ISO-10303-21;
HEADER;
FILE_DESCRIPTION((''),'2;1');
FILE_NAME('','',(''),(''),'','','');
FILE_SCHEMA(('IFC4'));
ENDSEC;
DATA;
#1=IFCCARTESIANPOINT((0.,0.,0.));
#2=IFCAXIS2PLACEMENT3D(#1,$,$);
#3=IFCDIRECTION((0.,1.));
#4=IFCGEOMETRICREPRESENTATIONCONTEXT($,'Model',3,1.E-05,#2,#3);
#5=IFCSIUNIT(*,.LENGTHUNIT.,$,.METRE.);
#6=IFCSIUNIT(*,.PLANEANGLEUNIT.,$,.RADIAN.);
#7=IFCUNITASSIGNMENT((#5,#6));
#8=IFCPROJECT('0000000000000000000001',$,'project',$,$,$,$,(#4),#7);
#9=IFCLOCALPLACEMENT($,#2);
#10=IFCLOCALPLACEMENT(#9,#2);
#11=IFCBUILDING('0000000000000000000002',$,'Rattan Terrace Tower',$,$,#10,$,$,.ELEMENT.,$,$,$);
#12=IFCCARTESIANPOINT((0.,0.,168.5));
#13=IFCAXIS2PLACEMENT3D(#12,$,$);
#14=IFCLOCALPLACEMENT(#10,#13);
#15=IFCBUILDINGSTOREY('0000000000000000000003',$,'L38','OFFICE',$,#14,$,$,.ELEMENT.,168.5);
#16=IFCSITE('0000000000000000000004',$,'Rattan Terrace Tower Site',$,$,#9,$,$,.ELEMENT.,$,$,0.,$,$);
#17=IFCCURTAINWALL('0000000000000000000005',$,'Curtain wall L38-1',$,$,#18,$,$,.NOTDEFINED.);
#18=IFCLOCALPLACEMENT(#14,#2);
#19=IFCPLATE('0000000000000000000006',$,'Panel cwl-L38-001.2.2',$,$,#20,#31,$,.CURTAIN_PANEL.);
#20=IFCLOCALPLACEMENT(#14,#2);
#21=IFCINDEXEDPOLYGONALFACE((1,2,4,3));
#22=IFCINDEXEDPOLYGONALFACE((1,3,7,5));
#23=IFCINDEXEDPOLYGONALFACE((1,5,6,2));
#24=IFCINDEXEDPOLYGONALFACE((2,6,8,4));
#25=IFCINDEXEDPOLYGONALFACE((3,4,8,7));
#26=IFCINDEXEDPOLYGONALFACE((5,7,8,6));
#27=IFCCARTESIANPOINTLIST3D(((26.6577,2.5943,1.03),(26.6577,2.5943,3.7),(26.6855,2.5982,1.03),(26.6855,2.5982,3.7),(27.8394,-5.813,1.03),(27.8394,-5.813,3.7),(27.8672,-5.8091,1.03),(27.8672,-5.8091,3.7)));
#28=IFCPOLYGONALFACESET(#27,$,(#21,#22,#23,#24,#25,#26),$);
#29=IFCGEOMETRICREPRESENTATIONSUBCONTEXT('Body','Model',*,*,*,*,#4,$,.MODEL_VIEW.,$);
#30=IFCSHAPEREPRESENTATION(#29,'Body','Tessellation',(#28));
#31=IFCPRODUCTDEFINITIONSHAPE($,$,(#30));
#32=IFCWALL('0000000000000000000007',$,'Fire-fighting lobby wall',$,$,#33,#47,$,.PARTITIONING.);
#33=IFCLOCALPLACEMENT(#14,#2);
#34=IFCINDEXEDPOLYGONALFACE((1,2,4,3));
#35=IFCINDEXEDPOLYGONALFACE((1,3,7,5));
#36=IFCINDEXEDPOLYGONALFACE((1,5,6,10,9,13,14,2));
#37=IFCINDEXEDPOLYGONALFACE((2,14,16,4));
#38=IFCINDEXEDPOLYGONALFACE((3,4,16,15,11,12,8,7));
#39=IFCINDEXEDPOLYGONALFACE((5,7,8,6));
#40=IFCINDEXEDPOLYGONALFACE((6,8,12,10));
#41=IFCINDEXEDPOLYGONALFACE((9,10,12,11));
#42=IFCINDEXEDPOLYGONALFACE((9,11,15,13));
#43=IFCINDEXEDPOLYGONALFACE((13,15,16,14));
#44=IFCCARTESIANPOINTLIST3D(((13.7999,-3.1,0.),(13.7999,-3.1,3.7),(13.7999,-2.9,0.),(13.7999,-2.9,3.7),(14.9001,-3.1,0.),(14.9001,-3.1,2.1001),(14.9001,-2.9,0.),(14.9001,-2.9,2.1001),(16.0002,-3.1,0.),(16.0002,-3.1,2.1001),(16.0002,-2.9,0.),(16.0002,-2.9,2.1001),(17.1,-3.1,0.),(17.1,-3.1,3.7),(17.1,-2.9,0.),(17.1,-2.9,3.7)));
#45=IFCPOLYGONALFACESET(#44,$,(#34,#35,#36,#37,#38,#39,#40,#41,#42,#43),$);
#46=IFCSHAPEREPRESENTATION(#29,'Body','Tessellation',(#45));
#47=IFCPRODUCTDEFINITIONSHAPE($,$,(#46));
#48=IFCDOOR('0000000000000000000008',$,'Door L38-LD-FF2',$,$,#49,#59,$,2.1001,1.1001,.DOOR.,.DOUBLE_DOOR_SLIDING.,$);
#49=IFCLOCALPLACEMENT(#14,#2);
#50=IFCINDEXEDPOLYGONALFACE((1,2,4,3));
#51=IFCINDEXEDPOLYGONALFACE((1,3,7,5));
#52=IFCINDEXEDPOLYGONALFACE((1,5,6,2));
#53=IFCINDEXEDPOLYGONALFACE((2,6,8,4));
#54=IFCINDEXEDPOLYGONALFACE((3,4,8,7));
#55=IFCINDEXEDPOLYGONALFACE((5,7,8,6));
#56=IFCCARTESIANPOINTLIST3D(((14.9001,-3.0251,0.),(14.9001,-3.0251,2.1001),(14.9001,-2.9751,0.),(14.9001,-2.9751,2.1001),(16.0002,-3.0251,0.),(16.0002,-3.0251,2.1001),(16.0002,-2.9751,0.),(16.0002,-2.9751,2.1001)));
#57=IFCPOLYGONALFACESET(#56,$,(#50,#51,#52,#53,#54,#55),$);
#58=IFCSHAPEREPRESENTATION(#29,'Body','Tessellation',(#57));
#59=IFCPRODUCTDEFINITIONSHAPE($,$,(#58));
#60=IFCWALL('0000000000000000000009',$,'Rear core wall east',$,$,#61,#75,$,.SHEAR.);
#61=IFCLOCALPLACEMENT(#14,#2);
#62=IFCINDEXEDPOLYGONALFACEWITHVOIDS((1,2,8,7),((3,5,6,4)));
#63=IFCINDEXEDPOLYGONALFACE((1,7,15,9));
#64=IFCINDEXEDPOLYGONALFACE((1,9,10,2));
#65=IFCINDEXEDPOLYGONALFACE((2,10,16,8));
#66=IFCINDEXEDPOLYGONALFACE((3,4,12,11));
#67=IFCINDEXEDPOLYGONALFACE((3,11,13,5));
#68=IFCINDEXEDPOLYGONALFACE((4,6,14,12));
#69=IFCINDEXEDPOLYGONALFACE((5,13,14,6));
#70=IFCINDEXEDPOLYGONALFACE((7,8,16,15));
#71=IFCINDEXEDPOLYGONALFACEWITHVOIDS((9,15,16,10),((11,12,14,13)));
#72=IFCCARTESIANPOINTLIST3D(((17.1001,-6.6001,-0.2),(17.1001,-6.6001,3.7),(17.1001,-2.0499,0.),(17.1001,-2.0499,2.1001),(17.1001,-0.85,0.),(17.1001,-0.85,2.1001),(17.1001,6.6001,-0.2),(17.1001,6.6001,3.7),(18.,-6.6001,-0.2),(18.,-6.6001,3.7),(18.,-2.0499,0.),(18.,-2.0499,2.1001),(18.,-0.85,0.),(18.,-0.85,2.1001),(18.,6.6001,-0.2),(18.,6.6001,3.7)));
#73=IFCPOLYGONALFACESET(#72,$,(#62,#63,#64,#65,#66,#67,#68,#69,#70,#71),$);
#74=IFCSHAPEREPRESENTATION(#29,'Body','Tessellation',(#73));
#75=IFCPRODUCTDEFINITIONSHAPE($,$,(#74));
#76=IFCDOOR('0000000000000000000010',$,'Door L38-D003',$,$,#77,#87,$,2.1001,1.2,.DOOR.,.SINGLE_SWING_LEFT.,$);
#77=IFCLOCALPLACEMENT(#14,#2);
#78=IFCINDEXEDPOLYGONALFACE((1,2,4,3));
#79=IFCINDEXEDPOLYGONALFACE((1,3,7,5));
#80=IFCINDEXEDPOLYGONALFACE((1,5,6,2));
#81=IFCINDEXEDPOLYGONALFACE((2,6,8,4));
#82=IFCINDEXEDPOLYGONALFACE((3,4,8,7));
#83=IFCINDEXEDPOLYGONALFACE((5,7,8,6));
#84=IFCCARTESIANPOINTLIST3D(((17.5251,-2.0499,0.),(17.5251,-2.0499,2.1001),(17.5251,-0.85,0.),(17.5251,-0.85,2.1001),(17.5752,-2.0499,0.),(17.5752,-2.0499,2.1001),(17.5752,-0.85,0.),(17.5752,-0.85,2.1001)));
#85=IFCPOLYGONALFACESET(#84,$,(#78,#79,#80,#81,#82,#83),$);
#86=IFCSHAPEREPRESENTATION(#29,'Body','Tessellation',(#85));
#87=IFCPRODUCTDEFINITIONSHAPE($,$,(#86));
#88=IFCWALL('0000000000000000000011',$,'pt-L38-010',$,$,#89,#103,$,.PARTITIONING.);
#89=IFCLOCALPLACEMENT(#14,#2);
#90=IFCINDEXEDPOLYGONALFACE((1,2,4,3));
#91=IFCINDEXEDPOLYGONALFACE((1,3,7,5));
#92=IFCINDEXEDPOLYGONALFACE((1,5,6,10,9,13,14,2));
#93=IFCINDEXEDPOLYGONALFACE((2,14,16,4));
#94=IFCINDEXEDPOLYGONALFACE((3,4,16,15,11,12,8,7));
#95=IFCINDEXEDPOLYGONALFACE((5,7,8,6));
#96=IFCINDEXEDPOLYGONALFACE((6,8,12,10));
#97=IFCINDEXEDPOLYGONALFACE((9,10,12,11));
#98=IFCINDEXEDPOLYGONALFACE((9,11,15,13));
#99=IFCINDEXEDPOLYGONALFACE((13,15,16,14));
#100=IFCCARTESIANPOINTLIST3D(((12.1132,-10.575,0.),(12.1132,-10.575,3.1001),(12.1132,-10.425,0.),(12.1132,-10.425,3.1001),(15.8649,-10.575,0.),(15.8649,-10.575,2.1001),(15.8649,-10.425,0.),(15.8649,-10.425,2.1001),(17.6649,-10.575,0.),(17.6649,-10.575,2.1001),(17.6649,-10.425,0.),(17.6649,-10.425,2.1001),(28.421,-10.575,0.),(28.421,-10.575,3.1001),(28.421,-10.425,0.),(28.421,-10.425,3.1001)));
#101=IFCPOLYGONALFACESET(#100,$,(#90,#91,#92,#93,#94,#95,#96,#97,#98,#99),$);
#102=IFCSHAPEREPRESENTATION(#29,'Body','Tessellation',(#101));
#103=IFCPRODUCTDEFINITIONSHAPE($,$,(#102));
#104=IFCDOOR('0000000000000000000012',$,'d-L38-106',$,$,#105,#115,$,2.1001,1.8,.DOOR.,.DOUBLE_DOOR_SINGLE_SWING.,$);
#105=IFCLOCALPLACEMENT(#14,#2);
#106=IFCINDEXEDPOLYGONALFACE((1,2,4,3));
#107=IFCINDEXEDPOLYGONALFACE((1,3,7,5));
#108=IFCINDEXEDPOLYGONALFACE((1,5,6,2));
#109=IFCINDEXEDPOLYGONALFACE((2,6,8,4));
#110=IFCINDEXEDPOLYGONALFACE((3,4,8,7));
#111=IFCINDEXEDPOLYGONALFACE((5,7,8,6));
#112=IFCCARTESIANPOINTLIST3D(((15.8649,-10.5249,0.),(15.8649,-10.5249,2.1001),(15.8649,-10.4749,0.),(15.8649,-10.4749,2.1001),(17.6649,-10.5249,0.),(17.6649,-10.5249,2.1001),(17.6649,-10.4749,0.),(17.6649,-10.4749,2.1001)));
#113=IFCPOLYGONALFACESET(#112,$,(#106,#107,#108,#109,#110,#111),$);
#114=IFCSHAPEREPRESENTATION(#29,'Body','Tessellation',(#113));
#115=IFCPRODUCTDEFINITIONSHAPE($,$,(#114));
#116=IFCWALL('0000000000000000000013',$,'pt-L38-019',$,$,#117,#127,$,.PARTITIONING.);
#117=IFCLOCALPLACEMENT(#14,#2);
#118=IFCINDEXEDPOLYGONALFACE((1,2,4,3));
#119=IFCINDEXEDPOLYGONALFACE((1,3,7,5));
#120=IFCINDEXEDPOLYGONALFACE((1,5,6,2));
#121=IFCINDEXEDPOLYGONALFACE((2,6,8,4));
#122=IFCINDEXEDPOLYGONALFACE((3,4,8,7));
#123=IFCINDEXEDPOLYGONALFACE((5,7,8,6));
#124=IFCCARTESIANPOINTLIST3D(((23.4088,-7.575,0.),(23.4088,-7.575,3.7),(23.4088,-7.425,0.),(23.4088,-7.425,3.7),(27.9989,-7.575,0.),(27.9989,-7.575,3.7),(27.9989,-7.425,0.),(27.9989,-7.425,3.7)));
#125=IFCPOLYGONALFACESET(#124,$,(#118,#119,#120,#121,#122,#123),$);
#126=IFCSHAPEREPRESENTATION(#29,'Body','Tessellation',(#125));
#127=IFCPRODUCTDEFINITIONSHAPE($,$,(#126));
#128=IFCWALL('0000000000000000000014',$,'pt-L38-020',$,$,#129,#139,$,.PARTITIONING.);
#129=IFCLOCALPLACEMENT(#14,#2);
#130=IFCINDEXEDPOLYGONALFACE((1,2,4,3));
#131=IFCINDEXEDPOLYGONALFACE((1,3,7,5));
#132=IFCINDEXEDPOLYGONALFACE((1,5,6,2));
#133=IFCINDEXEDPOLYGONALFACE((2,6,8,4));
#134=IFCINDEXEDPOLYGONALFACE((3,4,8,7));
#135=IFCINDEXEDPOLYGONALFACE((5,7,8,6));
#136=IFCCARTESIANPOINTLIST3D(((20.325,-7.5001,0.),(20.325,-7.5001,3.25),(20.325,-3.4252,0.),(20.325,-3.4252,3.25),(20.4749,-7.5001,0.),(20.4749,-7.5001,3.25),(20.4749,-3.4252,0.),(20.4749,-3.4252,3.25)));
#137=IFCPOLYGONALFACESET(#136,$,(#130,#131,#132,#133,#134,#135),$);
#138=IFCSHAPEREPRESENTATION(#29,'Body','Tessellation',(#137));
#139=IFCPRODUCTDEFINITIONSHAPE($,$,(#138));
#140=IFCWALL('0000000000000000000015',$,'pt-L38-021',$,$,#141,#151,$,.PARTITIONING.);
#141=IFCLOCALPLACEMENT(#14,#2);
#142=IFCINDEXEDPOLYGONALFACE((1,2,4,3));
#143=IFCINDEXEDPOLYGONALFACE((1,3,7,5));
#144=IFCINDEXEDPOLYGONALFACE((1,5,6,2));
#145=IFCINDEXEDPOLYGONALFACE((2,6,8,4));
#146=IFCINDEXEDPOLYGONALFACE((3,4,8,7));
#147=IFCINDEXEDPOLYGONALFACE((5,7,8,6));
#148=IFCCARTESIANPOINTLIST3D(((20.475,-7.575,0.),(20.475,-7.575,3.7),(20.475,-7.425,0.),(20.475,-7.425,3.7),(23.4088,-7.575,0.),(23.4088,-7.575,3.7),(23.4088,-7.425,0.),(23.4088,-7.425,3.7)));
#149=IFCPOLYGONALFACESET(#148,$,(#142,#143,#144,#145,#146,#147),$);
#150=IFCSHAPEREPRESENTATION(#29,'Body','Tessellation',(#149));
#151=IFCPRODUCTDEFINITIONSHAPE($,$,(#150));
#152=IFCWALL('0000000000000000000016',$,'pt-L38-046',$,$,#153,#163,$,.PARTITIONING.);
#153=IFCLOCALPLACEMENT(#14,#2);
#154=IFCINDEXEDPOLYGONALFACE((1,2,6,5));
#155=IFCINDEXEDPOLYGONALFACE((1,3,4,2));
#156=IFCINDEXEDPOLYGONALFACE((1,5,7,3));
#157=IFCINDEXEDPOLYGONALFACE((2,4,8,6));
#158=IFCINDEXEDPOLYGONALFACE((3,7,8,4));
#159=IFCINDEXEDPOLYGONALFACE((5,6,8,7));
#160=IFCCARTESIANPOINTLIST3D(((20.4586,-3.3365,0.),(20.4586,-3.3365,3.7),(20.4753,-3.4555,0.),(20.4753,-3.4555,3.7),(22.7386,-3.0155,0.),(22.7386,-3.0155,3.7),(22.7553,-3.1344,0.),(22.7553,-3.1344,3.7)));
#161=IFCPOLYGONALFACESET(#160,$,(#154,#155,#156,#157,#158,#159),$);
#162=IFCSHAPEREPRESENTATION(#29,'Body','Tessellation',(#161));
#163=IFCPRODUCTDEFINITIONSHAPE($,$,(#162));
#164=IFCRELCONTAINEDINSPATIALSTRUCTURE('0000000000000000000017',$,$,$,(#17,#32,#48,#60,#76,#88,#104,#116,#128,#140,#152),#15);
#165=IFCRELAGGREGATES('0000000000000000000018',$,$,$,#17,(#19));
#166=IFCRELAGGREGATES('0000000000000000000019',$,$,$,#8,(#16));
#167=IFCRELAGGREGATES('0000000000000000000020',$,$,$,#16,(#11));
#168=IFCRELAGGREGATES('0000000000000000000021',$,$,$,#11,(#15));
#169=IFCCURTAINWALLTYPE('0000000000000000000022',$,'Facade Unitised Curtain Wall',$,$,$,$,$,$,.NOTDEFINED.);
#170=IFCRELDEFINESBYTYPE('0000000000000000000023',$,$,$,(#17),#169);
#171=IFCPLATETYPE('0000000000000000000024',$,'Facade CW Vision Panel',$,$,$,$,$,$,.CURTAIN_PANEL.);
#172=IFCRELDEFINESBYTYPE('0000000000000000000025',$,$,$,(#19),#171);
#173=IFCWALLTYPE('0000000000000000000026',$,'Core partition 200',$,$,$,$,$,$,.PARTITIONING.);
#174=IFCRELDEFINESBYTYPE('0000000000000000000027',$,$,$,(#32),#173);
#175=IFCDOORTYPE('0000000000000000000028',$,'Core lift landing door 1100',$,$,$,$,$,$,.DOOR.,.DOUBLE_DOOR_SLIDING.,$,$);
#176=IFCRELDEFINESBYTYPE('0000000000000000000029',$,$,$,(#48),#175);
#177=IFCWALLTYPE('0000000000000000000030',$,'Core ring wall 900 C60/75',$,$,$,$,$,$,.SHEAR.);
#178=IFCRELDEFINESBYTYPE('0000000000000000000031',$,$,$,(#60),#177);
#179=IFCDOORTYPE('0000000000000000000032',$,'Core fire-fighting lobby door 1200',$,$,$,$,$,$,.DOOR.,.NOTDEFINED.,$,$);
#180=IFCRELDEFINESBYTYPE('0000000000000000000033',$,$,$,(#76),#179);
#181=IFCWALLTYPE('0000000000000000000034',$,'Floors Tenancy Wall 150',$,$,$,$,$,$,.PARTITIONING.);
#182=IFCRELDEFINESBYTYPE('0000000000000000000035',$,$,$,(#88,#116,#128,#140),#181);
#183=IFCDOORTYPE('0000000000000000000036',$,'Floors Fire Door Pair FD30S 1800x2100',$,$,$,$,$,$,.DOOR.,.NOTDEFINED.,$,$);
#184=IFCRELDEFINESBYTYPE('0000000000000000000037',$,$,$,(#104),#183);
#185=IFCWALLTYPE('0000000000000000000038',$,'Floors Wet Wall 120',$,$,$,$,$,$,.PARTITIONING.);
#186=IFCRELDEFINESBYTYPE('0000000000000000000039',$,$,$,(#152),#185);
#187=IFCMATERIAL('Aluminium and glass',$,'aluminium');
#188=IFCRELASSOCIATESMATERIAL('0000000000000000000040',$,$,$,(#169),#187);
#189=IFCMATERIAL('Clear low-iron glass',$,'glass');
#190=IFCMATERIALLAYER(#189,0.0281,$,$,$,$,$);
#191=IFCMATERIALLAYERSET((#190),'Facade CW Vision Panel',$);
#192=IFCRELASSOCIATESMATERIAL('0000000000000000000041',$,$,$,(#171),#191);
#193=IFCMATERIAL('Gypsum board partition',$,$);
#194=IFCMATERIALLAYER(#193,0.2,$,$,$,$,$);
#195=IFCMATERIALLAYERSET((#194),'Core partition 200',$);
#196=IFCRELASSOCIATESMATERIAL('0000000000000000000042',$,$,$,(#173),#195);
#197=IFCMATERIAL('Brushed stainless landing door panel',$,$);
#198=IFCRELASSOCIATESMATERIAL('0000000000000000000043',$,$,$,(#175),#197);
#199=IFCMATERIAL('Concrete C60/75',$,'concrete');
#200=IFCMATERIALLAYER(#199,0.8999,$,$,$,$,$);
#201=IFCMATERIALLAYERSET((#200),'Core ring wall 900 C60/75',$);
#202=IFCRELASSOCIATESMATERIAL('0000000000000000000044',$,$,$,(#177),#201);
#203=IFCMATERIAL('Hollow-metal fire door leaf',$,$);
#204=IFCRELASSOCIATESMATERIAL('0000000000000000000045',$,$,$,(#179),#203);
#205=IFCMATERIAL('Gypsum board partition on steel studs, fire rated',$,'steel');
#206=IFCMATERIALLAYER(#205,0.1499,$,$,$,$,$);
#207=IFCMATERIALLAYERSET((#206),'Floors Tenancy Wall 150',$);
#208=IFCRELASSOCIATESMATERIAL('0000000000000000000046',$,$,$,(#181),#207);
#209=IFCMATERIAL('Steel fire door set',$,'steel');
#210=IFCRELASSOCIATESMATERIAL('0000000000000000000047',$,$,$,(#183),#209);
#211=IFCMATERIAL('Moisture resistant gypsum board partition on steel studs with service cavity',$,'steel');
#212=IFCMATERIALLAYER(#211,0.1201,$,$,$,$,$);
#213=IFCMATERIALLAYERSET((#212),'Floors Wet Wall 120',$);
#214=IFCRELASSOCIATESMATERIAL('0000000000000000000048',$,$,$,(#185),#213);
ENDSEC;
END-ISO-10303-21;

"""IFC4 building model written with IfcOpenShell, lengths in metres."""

from ifc_helpers import new_model, si_unit, direction, frame, frame_2d, origin, origin_2d, place, context, subcontext, project, spatial, rectangle, extrude, material, layer, layer_set, type_object, element, fill, aggregate, save


model = new_model("IFC4")

# Units and contexts
model_context = context("Model", 3, precision=1e-05, world=origin(), true_north=direction((0.0, 1.0)))
body_context = subcontext(model_context, "Body", "Model", "MODEL_VIEW")
ifc_project = project(units=[si_unit("LENGTHUNIT", "METRE"), si_unit("PLANEANGLEUNIT", "RADIAN")], contexts=[model_context])

# Site, building, storey
site_placement = place(None, origin())
site = spatial("IfcSite", under=ifc_project, at=site_placement, Name="Rattan Terrace Tower Site", CompositionType="ELEMENT", RefElevation=0.0)
building_placement = place(site_placement, origin())
building = spatial("IfcBuilding", under=site, at=building_placement, Name="Rattan Terrace Tower", CompositionType="ELEMENT")
storey_placement = place(building_placement, frame((0.0, 0.0, 168.5)))
storey = spatial("IfcBuildingStorey", under=building, at=storey_placement, Name="L38", Description="OFFICE", CompositionType="ELEMENT", Elevation=168.5)

# Curtain wall
ifc_material_1 = material(Name="Aluminium and glass", Category="aluminium")
curtain_wall_type = type_object("IfcCurtainWallType", Name="Facade Unitised Curtain Wall", PredefinedType="NOTDEFINED", material=ifc_material_1)
curtain_wall_placement = place(storey_placement, origin())
curtain_wall = element("IfcCurtainWall", 1, at=curtain_wall_placement, inside=storey, type_object=curtain_wall_type, Name="Curtain wall L38-1", PredefinedType="NOTDEFINED")

# Plate
ifc_material_2 = material(Name="Clear low-iron glass", Category="glass")
ifc_layer_1 = layer(ifc_material_2, 0.0281)
ifc_layer_set_1 = layer_set([ifc_layer_1], Name="Facade CW Vision Panel")
plate_type_1 = type_object("IfcPlateType", Name="Facade CW Vision Panel", PredefinedType="CURTAIN_PANEL", material=ifc_layer_set_1)
plate_1_placement = place(storey_placement, frame((27.2625, -1.6074, 1.03), z_axis=(0.0, 0.0, 1.0), x_axis=(-0.139191, 0.990266, 0.0)))
plate_1 = element("IfcPlate", 2, at=plate_1_placement, type_object=plate_type_1, Name="Panel cwl-L38-001.2.2", PredefinedType="CURTAIN_PANEL", context=body_context, shape_type="SweptSolid", body=[
    extrude(rectangle(XDim=8.49, YDim=0.0281, at=origin_2d()), origin(), (0.0, 0.0, 1.0), 2.6699),
])
aggregate(curtain_wall, [plate_1])

# Walls, openings, doors
ifc_material_3 = material(Name="Gypsum board partition")
ifc_layer_2 = layer(ifc_material_3, 0.2)
ifc_layer_set_2 = layer_set([ifc_layer_2], Name="Core partition 200")
wall_type_1 = type_object("IfcWallType", Name="Core partition 200", PredefinedType="PARTITIONING", material=ifc_layer_set_2)
wall_1_placement = place(storey_placement, frame((13.8, -3.0, 0.0), z_axis=(0.0, 0.0, 1.0), x_axis=(1.0, 0.0, 0.0)))
wall_1 = element("IfcWall", 3, at=wall_1_placement, inside=storey, type_object=wall_type_1, Name="Fire-fighting lobby wall", PredefinedType="PARTITIONING", context=body_context, shape_type="SweptSolid", body=[
    extrude(rectangle(XDim=3.3, YDim=0.2, at=frame_2d((1.6499, 0.0))), origin(), (0.0, 0.0, 1.0), 3.7),
])
opening_1_placement = place(wall_1_placement, frame((1.1001, 0.0, 0.0)))
opening_1 = element("IfcOpeningElement", 4, at=opening_1_placement, cuts=wall_1, PredefinedType="OPENING", context=body_context, shape_type="SweptSolid", body=[
    extrude(rectangle(XDim=1.1001, YDim=2.1001, at=frame_2d((0.55, 1.05))), frame((0.0, 0.1106, 0.0), z_axis=(0.0, -1.0, 0.0), x_axis=(1.0, 0.0, 0.0)), (0.0, 0.0, 1.0), 0.2209),
])
ifc_material_4 = material(Name="Brushed stainless landing door panel")
door_type_1 = type_object("IfcDoorType", Name="Core lift landing door 1100", OperationType="DOUBLE_DOOR_SLIDING", PredefinedType="DOOR", material=ifc_material_4)
door_1_placement = place(opening_1_placement, origin())
door_1 = element("IfcDoor", 5, at=door_1_placement, inside=storey, type_object=door_type_1, Name="Door L38-LD-FF2", OperationType="DOUBLE_DOOR_SLIDING", OverallHeight=2.1001, OverallWidth=1.1001, PredefinedType="DOOR", context=body_context, shape_type="SweptSolid", body=[
    extrude(rectangle(XDim=1.1001, YDim=2.1001, at=frame_2d((0.55, 1.05))), frame((0.0, 0.0249, 0.0), z_axis=(0.0, -1.0, 0.0), x_axis=(1.0, 0.0, 0.0)), (0.0, 0.0, 1.0), 0.05),
])
fill(opening_1, door_1)
ifc_material_5 = material(Name="Concrete C60/75", Category="concrete")
ifc_layer_3 = layer(ifc_material_5, 0.8999)
ifc_layer_set_3 = layer_set([ifc_layer_3], Name="Core ring wall 900 C60/75")
wall_type_2 = type_object("IfcWallType", Name="Core ring wall 900 C60/75", PredefinedType="SHEAR", material=ifc_layer_set_3)
wall_2_placement = place(storey_placement, frame((17.55, -6.6001, -0.2), z_axis=(0.0, 0.0, 1.0), x_axis=(0.0, 1.0, 0.0)))
wall_2 = element("IfcWall", 6, at=wall_2_placement, inside=storey, type_object=wall_type_2, Name="Rear core wall east", PredefinedType="SHEAR", context=body_context, shape_type="SweptSolid", body=[
    extrude(rectangle(XDim=13.2002, YDim=0.8999, at=frame_2d((6.6001, 0.0))), origin(), (0.0, 0.0, 1.0), 3.8999),
])
opening_2_placement = place(wall_2_placement, frame((4.55, 0.0, 0.2)))
opening_2 = element("IfcOpeningElement", 7, at=opening_2_placement, cuts=wall_2, PredefinedType="OPENING", context=body_context, shape_type="SweptSolid", body=[
    extrude(rectangle(XDim=1.2, YDim=2.1001, at=frame_2d((0.6001, 1.05))), frame((0.0, 0.4604, 0.0), z_axis=(0.0, -1.0, 0.0), x_axis=(1.0, 0.0, 0.0)), (0.0, 0.0, 1.0), 0.9209),
])
ifc_material_6 = material(Name="Hollow-metal fire door leaf")
door_type_2 = type_object("IfcDoorType", Name="Core fire-fighting lobby door 1200", OperationType="NOTDEFINED", PredefinedType="DOOR", material=ifc_material_6)
door_2_placement = place(opening_2_placement, origin())
door_2 = element("IfcDoor", 8, at=door_2_placement, inside=storey, type_object=door_type_2, Name="Door L38-D003", OperationType="SINGLE_SWING_LEFT", OverallHeight=2.1001, OverallWidth=1.2, PredefinedType="DOOR", context=body_context, shape_type="SweptSolid", body=[
    extrude(rectangle(XDim=1.2, YDim=2.1001, at=frame_2d((0.6001, 1.05))), frame((0.0, 0.0249, 0.0), z_axis=(0.0, -1.0, 0.0), x_axis=(1.0, 0.0, 0.0)), (0.0, 0.0, 1.0), 0.05),
])
fill(opening_2, door_2)
ifc_material_7 = material(Name="Gypsum board partition on steel studs, fire rated", Category="steel")
ifc_layer_4 = layer(ifc_material_7, 0.1499)
ifc_layer_set_4 = layer_set([ifc_layer_4], Name="Floors Tenancy Wall 150")
wall_type_3 = type_object("IfcWallType", Name="Floors Tenancy Wall 150", PredefinedType="PARTITIONING", material=ifc_layer_set_4)
wall_3_placement = place(storey_placement, frame((28.4209, -10.5, 0.0), z_axis=(0.0, 0.0, 1.0), x_axis=(-1.0, 0.0, 0.0)))
wall_3 = element("IfcWall", 9, at=wall_3_placement, inside=storey, type_object=wall_type_3, Name="pt-L38-010", PredefinedType="PARTITIONING", context=body_context, shape_type="SweptSolid", body=[
    extrude(rectangle(XDim=16.3079, YDim=0.1499, at=frame_2d((8.1538, 0.0))), origin(), (0.0, 0.0, 1.0), 3.1001),
])
opening_3_placement = place(wall_3_placement, frame((10.7561, 0.0, 0.0)))
opening_3 = element("IfcOpeningElement", 10, at=opening_3_placement, cuts=wall_3, PredefinedType="OPENING", context=body_context, shape_type="SweptSolid", body=[
    extrude(rectangle(XDim=1.8, YDim=2.1001, at=frame_2d((0.8999, 1.05))), frame((0.0, 0.0854, 0.0), z_axis=(0.0, -1.0, 0.0), x_axis=(1.0, 0.0, 0.0)), (0.0, 0.0, 1.0), 0.1709),
])
ifc_material_8 = material(Name="Steel fire door set", Category="steel")
door_type_3 = type_object("IfcDoorType", Name="Floors Fire Door Pair FD30S 1800x2100", OperationType="NOTDEFINED", PredefinedType="DOOR", material=ifc_material_8)
door_3_placement = place(opening_3_placement, origin())
door_3 = element("IfcDoor", 11, at=door_3_placement, inside=storey, type_object=door_type_3, Name="d-L38-106", OperationType="DOUBLE_DOOR_SINGLE_SWING", OverallHeight=2.1001, OverallWidth=1.8, PredefinedType="DOOR", context=body_context, shape_type="SweptSolid", body=[
    extrude(rectangle(XDim=1.8, YDim=2.1001, at=frame_2d((0.8999, 1.05))), frame((0.0, 0.0249, 0.0), z_axis=(0.0, -1.0, 0.0), x_axis=(1.0, 0.0, 0.0)), (0.0, 0.0, 1.0), 0.05),
])
fill(opening_3, door_3)

# Walls
wall_4_placement = place(storey_placement, frame((23.4089, -7.5, 0.0), z_axis=(0.0, 0.0, 1.0), x_axis=(1.0, 0.0, 0.0)))
element("IfcWall", 12, at=wall_4_placement, inside=storey, type_object=wall_type_3, Name="pt-L38-019", PredefinedType="PARTITIONING", context=body_context, shape_type="SweptSolid", body=[
    extrude(rectangle(XDim=4.5901, YDim=0.1499, at=frame_2d((2.2949, 0.0))), origin(), (0.0, 0.0, 1.0), 3.7),
])
wall_5_placement = place(storey_placement, frame((20.3999, -3.425, 0.0), z_axis=(0.0, 0.0, 1.0), x_axis=(0.0, -1.0, 0.0)))
element("IfcWall", 13, at=wall_5_placement, inside=storey, type_object=wall_type_3, Name="pt-L38-020", PredefinedType="PARTITIONING", context=body_context, shape_type="SweptSolid", body=[
    extrude(rectangle(XDim=4.075, YDim=0.1499, at=frame_2d((2.0376, 0.0))), origin(), (0.0, 0.0, 1.0), 3.25),
])
wall_6_placement = place(storey_placement, frame((20.4751, -7.5, 0.0), z_axis=(0.0, 0.0, 1.0), x_axis=(1.0, 0.0, 0.0)))
element("IfcWall", 14, at=wall_6_placement, inside=storey, type_object=wall_type_3, Name="pt-L38-021", PredefinedType="PARTITIONING", context=body_context, shape_type="SweptSolid", body=[
    extrude(rectangle(XDim=2.9338, YDim=0.1499, at=frame_2d((1.4668, 0.0))), origin(), (0.0, 0.0, 1.0), 3.7),
])
ifc_material_9 = material(Name="Moisture resistant gypsum board partition on steel studs with service cavity", Category="steel")
ifc_layer_5 = layer(ifc_material_9, 0.1201)
ifc_layer_set_5 = layer_set([ifc_layer_5], Name="Floors Wet Wall 120")
wall_type_4 = type_object("IfcWallType", Name="Floors Wet Wall 120", PredefinedType="PARTITIONING", material=ifc_layer_set_5)
wall_7_placement = place(storey_placement, frame((22.7471, -3.075, 0.0), z_axis=(0.0, 0.0, 1.0), x_axis=(-0.990232, -0.139432, 0.0)))
element("IfcWall", 15, at=wall_7_placement, inside=storey, type_object=wall_type_4, Name="pt-L38-046", PredefinedType="PARTITIONING", context=body_context, shape_type="SweptSolid", body=[
    extrude(rectangle(XDim=2.3025, YDim=0.1201, at=frame_2d((1.1514, 0.0))), origin(), (0.0, 0.0, 1.0), 3.7),
])

save(model, "model.ifc")
